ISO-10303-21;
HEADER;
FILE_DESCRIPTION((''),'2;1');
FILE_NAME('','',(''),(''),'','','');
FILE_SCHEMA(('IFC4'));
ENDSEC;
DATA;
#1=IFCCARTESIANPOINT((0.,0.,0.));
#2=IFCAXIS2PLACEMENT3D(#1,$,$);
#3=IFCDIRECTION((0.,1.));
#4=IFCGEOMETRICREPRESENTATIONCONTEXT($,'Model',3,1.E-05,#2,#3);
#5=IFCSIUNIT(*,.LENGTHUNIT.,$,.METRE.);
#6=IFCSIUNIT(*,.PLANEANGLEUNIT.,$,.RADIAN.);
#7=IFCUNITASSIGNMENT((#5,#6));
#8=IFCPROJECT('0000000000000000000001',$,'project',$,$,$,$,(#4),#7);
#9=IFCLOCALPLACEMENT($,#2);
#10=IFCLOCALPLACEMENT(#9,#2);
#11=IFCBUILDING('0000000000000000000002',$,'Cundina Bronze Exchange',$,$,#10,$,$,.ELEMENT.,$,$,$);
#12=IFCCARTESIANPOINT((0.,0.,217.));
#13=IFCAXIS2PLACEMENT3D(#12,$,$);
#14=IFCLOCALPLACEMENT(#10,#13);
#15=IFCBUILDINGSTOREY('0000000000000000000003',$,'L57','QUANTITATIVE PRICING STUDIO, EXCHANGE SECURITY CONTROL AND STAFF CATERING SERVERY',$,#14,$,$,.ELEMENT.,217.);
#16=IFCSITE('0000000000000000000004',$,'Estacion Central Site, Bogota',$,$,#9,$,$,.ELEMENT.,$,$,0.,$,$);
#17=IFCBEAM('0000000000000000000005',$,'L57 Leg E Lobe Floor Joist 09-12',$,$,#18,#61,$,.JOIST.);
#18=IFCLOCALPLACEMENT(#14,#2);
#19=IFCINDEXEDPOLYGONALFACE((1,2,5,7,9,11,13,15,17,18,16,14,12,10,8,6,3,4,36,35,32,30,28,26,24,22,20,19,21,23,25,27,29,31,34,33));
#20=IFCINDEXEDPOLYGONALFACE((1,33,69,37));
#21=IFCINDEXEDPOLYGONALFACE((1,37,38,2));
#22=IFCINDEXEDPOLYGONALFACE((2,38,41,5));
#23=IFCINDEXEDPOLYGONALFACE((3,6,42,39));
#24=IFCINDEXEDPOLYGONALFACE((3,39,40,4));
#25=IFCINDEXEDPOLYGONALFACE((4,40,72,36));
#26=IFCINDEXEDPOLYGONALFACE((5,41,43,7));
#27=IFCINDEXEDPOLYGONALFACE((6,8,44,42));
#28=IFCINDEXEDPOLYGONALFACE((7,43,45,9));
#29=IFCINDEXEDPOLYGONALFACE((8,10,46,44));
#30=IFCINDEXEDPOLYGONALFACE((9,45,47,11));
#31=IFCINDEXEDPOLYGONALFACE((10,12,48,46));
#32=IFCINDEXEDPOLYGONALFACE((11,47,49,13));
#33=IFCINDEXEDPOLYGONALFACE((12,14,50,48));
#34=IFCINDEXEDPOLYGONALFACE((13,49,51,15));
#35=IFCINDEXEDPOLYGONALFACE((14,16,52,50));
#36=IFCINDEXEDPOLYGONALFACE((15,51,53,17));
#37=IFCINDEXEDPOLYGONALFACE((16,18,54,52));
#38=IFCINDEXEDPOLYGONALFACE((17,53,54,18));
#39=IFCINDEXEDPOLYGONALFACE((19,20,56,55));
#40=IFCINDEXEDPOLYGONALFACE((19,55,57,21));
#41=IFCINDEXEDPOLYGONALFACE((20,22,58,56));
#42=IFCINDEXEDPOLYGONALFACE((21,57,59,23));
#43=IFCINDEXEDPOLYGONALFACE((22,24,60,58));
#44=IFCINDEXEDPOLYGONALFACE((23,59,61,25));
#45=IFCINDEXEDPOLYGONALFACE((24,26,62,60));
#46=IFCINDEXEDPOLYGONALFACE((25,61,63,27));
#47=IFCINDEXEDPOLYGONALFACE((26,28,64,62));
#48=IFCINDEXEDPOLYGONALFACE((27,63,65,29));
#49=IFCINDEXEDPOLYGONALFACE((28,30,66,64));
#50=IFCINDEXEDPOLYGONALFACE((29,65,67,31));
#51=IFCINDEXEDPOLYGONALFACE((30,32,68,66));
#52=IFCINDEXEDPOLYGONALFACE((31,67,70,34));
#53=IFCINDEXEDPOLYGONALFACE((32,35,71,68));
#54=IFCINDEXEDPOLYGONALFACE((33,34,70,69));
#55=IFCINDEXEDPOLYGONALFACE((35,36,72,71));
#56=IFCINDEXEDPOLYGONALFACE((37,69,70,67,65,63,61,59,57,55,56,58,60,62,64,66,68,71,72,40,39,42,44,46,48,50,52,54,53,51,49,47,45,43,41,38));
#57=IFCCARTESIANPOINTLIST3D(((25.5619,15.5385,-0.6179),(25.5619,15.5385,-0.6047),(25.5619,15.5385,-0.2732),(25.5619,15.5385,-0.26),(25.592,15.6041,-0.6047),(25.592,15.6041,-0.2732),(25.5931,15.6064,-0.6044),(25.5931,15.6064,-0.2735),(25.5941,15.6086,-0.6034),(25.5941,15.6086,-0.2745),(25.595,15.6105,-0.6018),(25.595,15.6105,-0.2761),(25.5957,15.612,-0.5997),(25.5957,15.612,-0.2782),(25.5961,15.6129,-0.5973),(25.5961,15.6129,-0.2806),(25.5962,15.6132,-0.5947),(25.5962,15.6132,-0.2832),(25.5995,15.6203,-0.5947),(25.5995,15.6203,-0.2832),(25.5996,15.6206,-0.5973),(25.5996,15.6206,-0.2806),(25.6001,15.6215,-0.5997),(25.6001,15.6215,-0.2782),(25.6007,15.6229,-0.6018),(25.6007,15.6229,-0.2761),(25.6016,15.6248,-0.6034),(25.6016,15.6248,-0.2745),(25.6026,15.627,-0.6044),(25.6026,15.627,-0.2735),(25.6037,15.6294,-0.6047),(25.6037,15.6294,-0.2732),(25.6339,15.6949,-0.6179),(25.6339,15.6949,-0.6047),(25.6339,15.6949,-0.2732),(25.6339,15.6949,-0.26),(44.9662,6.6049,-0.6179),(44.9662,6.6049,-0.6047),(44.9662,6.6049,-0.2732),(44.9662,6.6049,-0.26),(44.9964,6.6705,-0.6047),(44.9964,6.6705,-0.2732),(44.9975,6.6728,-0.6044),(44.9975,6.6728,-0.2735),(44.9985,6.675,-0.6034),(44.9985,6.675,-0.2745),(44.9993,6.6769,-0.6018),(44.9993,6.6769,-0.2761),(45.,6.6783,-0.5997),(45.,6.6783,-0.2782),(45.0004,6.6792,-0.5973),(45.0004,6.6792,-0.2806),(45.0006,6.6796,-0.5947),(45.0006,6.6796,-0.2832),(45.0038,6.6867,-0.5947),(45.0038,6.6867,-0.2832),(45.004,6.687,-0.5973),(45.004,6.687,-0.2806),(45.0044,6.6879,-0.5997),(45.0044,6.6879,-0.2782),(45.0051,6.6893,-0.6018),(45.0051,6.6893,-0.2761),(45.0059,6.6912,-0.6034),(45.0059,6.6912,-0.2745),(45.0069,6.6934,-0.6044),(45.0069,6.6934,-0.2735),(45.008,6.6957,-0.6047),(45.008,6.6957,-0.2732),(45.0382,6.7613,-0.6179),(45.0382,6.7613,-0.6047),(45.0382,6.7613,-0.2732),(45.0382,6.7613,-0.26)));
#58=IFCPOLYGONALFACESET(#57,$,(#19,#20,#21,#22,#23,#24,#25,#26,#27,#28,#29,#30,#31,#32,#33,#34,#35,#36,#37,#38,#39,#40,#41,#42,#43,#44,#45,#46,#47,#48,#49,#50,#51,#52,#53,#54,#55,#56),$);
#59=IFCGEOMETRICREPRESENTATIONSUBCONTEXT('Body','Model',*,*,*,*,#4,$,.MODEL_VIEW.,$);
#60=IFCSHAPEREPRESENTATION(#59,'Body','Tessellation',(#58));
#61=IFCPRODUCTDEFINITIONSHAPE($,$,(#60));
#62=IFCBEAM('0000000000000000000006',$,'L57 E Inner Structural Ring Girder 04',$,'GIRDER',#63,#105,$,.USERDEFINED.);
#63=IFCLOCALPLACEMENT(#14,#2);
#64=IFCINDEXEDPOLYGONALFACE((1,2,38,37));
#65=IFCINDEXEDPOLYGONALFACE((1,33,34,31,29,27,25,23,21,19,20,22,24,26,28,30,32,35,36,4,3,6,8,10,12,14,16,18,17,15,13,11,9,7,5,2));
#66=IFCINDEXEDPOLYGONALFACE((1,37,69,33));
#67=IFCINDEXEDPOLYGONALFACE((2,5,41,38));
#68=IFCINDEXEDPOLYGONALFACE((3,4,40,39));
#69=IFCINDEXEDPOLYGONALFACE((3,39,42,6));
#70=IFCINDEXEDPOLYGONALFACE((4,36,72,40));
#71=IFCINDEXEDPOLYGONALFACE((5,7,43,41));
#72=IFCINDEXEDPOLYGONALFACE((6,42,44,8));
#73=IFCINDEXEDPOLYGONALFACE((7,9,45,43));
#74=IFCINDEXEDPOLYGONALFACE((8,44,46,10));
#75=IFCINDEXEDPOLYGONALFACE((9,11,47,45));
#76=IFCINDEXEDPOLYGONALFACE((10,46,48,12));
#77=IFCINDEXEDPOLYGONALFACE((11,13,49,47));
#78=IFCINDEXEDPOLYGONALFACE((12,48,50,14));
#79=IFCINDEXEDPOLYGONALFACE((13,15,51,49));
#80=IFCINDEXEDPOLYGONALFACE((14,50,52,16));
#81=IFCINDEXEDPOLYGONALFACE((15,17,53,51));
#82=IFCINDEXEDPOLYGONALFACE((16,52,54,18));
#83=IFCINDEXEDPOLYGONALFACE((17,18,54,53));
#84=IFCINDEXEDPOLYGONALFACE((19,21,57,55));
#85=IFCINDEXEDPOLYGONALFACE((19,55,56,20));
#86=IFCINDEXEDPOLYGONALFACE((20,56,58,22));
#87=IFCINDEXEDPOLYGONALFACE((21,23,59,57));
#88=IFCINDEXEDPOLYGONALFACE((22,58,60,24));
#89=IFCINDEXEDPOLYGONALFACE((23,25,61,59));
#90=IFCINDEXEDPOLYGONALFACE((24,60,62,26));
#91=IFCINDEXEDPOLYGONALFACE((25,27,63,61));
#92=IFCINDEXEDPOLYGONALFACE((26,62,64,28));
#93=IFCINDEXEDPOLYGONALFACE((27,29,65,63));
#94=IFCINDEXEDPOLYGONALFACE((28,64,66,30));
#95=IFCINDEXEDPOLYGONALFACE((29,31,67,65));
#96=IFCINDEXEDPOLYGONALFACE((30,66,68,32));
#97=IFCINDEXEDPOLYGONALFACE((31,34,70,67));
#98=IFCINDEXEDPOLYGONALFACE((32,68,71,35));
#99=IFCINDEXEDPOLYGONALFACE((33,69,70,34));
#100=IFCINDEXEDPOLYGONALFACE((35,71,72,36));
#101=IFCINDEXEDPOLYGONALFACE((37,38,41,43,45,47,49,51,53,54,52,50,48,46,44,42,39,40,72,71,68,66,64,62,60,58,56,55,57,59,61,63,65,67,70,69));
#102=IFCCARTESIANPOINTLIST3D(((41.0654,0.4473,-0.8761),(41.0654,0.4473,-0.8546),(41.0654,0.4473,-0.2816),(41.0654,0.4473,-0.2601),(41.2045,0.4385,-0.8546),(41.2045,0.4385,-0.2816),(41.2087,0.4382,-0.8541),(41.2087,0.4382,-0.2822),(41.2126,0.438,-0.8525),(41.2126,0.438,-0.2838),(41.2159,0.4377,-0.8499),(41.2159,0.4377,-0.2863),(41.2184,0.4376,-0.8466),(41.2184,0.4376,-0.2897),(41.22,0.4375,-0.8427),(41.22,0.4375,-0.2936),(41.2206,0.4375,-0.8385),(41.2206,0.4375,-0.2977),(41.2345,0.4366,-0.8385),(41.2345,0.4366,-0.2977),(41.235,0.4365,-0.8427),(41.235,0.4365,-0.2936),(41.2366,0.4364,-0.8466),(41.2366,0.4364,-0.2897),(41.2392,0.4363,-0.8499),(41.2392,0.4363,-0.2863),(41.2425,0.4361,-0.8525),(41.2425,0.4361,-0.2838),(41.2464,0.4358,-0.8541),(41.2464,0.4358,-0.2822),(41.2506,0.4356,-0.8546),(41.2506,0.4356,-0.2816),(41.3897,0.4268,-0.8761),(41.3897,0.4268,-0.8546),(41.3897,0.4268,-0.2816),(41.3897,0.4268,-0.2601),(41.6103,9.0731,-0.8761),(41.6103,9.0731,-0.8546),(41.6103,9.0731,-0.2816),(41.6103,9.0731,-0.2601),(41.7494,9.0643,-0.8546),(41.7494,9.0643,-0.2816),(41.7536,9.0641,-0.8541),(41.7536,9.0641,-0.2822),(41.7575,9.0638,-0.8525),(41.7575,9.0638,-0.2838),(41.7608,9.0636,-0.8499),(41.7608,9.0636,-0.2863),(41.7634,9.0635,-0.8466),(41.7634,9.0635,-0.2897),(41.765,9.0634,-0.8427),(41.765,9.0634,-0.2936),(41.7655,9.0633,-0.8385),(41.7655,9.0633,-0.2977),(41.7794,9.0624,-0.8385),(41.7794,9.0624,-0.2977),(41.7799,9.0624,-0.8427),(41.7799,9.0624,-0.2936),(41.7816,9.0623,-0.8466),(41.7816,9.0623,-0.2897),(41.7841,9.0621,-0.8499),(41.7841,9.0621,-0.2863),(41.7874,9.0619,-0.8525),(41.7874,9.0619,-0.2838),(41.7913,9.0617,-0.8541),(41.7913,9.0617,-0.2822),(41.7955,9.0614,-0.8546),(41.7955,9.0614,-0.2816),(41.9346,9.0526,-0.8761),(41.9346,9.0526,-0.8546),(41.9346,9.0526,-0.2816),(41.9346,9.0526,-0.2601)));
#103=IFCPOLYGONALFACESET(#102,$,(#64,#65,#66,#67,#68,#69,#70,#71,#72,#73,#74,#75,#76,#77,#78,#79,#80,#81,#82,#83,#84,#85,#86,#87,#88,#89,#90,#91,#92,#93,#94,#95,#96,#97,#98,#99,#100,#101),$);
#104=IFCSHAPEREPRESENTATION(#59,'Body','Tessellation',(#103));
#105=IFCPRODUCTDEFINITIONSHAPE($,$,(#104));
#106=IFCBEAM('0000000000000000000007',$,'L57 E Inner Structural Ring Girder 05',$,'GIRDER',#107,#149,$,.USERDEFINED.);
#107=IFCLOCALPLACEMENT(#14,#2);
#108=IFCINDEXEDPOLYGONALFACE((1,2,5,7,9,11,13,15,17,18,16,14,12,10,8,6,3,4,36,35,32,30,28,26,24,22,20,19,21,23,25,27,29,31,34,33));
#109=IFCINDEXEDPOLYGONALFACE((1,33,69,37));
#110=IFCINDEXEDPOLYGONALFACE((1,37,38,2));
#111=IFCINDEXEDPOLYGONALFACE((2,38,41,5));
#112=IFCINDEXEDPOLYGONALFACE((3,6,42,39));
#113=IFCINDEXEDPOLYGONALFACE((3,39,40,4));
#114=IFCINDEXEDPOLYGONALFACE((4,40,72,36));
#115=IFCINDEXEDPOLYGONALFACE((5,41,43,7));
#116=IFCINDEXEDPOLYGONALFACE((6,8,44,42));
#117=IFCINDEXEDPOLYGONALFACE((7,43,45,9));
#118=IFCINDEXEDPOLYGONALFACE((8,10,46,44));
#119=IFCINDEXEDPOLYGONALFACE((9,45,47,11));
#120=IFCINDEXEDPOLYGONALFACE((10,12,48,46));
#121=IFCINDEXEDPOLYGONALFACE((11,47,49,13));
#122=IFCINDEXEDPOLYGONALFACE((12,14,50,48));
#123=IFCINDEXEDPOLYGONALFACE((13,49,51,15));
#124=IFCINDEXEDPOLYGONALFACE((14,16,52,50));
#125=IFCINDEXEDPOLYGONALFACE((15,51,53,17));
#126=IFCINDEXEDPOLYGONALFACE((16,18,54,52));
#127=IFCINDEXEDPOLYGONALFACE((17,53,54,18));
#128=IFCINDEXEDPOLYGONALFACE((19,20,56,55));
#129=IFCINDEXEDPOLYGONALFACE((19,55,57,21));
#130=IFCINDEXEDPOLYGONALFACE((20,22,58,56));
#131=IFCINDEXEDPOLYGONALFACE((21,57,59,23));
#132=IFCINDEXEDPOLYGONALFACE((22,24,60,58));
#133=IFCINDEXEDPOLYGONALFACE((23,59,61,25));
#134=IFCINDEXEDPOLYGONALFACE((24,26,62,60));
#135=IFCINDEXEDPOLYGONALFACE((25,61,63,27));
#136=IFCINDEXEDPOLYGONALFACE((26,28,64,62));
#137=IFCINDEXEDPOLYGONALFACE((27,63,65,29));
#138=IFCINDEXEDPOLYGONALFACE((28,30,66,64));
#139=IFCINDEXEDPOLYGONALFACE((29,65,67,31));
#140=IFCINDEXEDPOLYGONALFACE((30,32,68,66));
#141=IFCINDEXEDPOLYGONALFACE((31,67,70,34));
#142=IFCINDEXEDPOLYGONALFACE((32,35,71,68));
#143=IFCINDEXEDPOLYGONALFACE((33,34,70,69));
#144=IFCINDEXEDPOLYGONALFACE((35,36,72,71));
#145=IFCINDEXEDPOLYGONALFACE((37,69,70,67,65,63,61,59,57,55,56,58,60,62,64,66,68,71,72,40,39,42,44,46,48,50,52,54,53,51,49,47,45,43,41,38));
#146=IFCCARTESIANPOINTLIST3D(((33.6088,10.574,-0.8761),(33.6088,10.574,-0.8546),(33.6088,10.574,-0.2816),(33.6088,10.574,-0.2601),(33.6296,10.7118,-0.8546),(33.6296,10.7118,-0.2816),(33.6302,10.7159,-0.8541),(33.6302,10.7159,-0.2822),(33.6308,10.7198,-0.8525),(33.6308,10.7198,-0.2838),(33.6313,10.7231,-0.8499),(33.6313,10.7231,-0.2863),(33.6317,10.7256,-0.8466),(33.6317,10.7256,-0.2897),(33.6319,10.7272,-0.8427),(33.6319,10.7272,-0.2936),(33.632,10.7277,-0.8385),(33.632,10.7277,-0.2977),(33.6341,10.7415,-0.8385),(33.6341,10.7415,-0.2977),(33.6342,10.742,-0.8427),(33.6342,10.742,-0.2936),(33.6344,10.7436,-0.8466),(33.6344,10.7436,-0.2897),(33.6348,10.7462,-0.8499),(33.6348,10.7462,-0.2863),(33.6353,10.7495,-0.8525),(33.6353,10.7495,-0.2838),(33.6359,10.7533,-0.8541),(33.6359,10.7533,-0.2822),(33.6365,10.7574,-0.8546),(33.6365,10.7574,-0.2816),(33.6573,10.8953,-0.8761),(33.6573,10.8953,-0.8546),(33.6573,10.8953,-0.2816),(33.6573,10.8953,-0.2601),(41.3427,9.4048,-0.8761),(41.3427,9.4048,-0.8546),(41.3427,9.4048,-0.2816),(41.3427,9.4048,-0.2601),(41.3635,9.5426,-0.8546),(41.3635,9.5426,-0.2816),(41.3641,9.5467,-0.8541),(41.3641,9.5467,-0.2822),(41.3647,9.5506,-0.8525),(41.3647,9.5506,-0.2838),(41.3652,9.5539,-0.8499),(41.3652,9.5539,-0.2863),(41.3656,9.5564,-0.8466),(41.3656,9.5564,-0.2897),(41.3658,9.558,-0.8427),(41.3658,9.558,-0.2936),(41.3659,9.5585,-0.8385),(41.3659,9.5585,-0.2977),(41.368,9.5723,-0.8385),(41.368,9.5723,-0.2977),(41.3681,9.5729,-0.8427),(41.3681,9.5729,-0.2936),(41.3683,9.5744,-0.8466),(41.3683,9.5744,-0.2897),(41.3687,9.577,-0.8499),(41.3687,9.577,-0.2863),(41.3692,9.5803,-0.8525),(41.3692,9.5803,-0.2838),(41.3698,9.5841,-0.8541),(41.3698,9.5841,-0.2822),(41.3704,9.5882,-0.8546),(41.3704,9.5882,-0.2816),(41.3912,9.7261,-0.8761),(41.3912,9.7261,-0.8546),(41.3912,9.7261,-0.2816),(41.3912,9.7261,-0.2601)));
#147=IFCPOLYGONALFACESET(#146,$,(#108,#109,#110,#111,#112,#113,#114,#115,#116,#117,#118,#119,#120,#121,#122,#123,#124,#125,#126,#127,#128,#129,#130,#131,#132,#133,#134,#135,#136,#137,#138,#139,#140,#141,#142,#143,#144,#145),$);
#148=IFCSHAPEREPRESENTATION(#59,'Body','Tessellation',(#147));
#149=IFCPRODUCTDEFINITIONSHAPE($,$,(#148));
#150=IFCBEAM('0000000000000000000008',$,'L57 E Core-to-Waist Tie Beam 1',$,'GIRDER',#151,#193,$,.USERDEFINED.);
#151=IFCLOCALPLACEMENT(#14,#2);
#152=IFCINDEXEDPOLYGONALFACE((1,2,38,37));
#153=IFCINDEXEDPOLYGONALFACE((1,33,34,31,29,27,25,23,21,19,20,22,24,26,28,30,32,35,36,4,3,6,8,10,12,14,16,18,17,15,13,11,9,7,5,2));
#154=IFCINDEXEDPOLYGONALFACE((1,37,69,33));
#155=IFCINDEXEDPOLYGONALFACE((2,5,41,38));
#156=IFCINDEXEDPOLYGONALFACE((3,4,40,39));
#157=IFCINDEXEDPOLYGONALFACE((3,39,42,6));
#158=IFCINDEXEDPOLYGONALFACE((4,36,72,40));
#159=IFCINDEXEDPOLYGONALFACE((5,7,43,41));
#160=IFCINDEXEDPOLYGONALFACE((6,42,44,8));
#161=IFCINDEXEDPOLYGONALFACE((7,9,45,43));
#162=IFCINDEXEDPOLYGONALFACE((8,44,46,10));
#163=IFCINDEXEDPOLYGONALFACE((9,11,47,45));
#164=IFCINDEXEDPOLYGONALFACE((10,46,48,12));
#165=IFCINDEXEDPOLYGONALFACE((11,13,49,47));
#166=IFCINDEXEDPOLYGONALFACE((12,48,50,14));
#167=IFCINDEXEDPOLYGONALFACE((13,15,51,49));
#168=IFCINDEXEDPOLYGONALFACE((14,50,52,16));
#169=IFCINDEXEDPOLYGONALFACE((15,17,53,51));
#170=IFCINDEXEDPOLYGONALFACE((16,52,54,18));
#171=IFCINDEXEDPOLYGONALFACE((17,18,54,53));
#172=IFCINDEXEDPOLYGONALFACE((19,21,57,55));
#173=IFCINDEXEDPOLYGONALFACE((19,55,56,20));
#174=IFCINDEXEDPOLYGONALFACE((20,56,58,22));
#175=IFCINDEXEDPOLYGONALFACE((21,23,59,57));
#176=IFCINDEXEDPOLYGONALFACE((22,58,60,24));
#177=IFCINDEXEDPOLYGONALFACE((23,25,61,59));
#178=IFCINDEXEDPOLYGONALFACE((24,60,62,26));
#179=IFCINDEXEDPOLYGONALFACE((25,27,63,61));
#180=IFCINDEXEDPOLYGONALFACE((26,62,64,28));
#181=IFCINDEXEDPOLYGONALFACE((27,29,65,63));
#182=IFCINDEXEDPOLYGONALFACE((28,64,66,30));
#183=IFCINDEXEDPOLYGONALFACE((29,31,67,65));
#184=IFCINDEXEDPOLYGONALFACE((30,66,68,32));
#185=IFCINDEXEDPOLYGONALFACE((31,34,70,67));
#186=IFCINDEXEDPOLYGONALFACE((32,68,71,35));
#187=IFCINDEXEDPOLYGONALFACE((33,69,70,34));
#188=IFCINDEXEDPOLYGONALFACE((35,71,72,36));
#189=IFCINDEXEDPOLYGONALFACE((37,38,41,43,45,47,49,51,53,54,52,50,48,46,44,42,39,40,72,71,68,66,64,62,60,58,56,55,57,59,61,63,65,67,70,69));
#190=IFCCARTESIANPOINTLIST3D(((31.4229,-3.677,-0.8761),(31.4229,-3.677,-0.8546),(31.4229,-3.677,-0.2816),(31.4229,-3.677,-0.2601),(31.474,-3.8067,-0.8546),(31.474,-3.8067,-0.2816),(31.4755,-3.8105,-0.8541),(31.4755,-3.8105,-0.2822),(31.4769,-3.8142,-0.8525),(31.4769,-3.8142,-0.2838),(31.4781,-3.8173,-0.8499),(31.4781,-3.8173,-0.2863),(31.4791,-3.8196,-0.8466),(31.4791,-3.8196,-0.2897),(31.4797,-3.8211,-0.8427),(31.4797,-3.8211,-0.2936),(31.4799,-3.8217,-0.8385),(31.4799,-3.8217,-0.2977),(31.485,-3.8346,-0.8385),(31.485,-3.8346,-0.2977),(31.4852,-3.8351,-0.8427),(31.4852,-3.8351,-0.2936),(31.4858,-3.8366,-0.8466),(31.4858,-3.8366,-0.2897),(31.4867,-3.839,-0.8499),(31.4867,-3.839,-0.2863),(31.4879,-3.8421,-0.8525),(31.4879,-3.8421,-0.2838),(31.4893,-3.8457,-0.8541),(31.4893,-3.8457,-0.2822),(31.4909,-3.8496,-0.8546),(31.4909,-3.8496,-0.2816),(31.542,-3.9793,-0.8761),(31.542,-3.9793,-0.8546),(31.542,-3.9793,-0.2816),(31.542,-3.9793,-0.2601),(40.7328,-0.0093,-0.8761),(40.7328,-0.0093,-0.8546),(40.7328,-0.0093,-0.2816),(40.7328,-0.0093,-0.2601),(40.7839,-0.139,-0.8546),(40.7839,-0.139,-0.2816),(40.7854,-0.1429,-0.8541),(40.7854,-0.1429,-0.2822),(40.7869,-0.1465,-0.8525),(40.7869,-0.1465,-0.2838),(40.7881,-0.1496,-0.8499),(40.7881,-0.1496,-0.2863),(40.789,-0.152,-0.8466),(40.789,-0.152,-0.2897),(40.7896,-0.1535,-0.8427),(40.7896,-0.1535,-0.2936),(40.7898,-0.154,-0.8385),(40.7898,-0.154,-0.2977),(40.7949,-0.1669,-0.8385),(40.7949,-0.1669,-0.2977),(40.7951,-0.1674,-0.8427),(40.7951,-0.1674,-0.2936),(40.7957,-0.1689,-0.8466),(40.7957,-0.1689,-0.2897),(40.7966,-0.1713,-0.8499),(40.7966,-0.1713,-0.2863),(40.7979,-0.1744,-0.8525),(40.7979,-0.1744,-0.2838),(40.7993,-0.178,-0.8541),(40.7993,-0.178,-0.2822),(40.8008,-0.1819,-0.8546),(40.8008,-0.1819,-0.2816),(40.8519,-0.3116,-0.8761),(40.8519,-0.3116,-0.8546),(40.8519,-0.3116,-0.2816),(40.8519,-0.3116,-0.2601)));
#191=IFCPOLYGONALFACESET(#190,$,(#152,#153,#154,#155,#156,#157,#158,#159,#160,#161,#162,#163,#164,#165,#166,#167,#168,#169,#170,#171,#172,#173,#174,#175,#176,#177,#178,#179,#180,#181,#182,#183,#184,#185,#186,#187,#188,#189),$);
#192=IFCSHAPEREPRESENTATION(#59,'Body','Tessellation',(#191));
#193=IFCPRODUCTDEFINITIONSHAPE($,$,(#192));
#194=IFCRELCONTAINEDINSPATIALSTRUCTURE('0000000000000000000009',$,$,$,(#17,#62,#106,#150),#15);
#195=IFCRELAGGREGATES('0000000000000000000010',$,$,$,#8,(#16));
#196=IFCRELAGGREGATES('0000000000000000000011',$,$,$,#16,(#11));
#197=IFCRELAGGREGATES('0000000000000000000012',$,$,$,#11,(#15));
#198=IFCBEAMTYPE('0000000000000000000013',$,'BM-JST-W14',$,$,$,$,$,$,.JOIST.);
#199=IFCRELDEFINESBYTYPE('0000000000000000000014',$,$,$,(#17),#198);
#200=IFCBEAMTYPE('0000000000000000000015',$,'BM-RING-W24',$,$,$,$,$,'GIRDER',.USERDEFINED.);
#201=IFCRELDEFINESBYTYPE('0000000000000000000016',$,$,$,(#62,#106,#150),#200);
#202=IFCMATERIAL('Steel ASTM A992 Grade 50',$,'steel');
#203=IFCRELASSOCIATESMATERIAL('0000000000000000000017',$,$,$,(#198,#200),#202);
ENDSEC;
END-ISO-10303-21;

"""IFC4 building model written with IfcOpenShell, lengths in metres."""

from ifc_helpers import new_model, si_unit, direction, frame, origin, origin_2d, place, context, subcontext, project, spatial, i_section, extrude, material, material_profile, profile_set, type_object, element, save


model = new_model("IFC4")

# Units and contexts
model_context = context("Model", 3, precision=1e-05, world=origin(), true_north=direction((0.0, 1.0)))
body_context = subcontext(model_context, "Body", "Model", "MODEL_VIEW")
ifc_project = project(units=[si_unit("LENGTHUNIT", "METRE"), si_unit("PLANEANGLEUNIT", "RADIAN")], contexts=[model_context])

# Site, building, storey
site_placement = place(None, origin())
site = spatial("IfcSite", under=ifc_project, at=site_placement, Name="Estacion Central Site, Bogota", CompositionType="ELEMENT", RefElevation=0.0)
building_placement = place(site_placement, origin())
building = spatial("IfcBuilding", under=site, at=building_placement, Name="Cundina Bronze Exchange", CompositionType="ELEMENT")
storey_placement = place(building_placement, frame((0.0, 0.0, 217.0)))
storey = spatial("IfcBuildingStorey", under=building, at=storey_placement, Name="L57", Description="QUANTITATIVE PRICING STUDIO, EXCHANGE SECURITY CONTROL AND STAFF CATERING SERVERY", CompositionType="ELEMENT", Elevation=217.0)

# Shared definitions
ifc_material_1 = material(Name="Steel ASTM A992 Grade 50", Category="steel")

# Beams
ifc_material_profile_1 = material_profile(ifc_material_1, i_section(OverallWidth=0.1721, OverallDepth=0.3579, WebThickness=0.0078, FlangeThickness=0.0132, FilletRadius=0.01, at=origin_2d()), Name="W14X38", Category="steel")
ifc_profile_set_1 = profile_set([ifc_material_profile_1], Name="Steel ASTM A992 Grade 50")
beam_type_1 = type_object("IfcBeamType", Name="BM-JST-W14", PredefinedType="JOIST", material=ifc_profile_set_1)
beam_1_placement = place(storey_placement, frame((45.0022, 6.6831, -0.439), z_axis=(-0.908355, 0.4182, 0.0), x_axis=(-0.4182, -0.908355, 0.0)))
element("IfcBeam", 1, at=beam_1_placement, inside=storey, type_object=beam_type_1, Name="L57 Leg E Lobe Floor Joist 09-12", PredefinedType="JOIST", context=body_context, shape_type="SweptSolid", body=[
    extrude(i_section(OverallWidth=0.1721, OverallDepth=0.3579, WebThickness=0.0078, FlangeThickness=0.0132, FilletRadius=0.01, at=origin_2d()), origin(), (0.0, 0.0, 1.0), 21.3621),
])
ifc_material_profile_2 = material_profile(ifc_material_1, i_section(OverallWidth=0.325, OverallDepth=0.616, WebThickness=0.0139, FlangeThickness=0.0215, FilletRadius=0.0161, at=origin_2d()), Name="W24X117", Category="steel")
ifc_profile_set_2 = profile_set([ifc_material_profile_2], Name="Steel ASTM A992 Grade 50")
beam_type_2 = type_object("IfcBeamType", Name="BM-RING-W24", ElementType="GIRDER", PredefinedType="USERDEFINED", material=ifc_profile_set_2)
beam_2_placement = place(storey_placement, frame((41.2275, 0.437, -0.5681), z_axis=(0.063047, 0.998011, 0.0), x_axis=(-0.998011, 0.063047, 0.0)))
element("IfcBeam", 2, at=beam_2_placement, inside=storey, type_object=beam_type_2, Name="L57 E Inner Structural Ring Girder 04", ObjectType="GIRDER", PredefinedType="USERDEFINED", context=body_context, shape_type="SweptSolid", body=[
    extrude(i_section(OverallWidth=0.325, OverallDepth=0.616, WebThickness=0.0139, FlangeThickness=0.0215, FilletRadius=0.0161, at=origin_2d()), origin(), (0.0, 0.0, 1.0), 8.6431),
])
beam_3_placement = place(storey_placement, frame((41.3669, 9.5654, -0.5681), z_axis=(-0.988765, 0.149479, 0.0), x_axis=(-0.149479, -0.988765, 0.0)))
element("IfcBeam", 3, at=beam_3_placement, inside=storey, type_object=beam_type_2, Name="L57 E Inner Structural Ring Girder 05", ObjectType="GIRDER", PredefinedType="USERDEFINED", context=body_context, shape_type="SweptSolid", body=[
    extrude(i_section(OverallWidth=0.325, OverallDepth=0.616, WebThickness=0.0139, FlangeThickness=0.0215, FilletRadius=0.0161, at=origin_2d()), origin(), (0.0, 0.0, 1.0), 7.8218),
])
beam_4_placement = place(storey_placement, frame((31.4824, -3.8281, -0.5681), z_axis=(0.930404, 0.366535, 0.0), x_axis=(-0.366535, 0.930404, 0.0)))
element("IfcBeam", 4, at=beam_4_placement, inside=storey, type_object=beam_type_2, Name="L57 E Core-to-Waist Tie Beam 1", ObjectType="GIRDER", PredefinedType="USERDEFINED", context=body_context, shape_type="SweptSolid", body=[
    extrude(i_section(OverallWidth=0.325, OverallDepth=0.616, WebThickness=0.0139, FlangeThickness=0.0215, FilletRadius=0.0161, at=origin_2d()), origin(), (0.0, 0.0, 1.0), 10.0063),
])

save(model, "model.ifc")
